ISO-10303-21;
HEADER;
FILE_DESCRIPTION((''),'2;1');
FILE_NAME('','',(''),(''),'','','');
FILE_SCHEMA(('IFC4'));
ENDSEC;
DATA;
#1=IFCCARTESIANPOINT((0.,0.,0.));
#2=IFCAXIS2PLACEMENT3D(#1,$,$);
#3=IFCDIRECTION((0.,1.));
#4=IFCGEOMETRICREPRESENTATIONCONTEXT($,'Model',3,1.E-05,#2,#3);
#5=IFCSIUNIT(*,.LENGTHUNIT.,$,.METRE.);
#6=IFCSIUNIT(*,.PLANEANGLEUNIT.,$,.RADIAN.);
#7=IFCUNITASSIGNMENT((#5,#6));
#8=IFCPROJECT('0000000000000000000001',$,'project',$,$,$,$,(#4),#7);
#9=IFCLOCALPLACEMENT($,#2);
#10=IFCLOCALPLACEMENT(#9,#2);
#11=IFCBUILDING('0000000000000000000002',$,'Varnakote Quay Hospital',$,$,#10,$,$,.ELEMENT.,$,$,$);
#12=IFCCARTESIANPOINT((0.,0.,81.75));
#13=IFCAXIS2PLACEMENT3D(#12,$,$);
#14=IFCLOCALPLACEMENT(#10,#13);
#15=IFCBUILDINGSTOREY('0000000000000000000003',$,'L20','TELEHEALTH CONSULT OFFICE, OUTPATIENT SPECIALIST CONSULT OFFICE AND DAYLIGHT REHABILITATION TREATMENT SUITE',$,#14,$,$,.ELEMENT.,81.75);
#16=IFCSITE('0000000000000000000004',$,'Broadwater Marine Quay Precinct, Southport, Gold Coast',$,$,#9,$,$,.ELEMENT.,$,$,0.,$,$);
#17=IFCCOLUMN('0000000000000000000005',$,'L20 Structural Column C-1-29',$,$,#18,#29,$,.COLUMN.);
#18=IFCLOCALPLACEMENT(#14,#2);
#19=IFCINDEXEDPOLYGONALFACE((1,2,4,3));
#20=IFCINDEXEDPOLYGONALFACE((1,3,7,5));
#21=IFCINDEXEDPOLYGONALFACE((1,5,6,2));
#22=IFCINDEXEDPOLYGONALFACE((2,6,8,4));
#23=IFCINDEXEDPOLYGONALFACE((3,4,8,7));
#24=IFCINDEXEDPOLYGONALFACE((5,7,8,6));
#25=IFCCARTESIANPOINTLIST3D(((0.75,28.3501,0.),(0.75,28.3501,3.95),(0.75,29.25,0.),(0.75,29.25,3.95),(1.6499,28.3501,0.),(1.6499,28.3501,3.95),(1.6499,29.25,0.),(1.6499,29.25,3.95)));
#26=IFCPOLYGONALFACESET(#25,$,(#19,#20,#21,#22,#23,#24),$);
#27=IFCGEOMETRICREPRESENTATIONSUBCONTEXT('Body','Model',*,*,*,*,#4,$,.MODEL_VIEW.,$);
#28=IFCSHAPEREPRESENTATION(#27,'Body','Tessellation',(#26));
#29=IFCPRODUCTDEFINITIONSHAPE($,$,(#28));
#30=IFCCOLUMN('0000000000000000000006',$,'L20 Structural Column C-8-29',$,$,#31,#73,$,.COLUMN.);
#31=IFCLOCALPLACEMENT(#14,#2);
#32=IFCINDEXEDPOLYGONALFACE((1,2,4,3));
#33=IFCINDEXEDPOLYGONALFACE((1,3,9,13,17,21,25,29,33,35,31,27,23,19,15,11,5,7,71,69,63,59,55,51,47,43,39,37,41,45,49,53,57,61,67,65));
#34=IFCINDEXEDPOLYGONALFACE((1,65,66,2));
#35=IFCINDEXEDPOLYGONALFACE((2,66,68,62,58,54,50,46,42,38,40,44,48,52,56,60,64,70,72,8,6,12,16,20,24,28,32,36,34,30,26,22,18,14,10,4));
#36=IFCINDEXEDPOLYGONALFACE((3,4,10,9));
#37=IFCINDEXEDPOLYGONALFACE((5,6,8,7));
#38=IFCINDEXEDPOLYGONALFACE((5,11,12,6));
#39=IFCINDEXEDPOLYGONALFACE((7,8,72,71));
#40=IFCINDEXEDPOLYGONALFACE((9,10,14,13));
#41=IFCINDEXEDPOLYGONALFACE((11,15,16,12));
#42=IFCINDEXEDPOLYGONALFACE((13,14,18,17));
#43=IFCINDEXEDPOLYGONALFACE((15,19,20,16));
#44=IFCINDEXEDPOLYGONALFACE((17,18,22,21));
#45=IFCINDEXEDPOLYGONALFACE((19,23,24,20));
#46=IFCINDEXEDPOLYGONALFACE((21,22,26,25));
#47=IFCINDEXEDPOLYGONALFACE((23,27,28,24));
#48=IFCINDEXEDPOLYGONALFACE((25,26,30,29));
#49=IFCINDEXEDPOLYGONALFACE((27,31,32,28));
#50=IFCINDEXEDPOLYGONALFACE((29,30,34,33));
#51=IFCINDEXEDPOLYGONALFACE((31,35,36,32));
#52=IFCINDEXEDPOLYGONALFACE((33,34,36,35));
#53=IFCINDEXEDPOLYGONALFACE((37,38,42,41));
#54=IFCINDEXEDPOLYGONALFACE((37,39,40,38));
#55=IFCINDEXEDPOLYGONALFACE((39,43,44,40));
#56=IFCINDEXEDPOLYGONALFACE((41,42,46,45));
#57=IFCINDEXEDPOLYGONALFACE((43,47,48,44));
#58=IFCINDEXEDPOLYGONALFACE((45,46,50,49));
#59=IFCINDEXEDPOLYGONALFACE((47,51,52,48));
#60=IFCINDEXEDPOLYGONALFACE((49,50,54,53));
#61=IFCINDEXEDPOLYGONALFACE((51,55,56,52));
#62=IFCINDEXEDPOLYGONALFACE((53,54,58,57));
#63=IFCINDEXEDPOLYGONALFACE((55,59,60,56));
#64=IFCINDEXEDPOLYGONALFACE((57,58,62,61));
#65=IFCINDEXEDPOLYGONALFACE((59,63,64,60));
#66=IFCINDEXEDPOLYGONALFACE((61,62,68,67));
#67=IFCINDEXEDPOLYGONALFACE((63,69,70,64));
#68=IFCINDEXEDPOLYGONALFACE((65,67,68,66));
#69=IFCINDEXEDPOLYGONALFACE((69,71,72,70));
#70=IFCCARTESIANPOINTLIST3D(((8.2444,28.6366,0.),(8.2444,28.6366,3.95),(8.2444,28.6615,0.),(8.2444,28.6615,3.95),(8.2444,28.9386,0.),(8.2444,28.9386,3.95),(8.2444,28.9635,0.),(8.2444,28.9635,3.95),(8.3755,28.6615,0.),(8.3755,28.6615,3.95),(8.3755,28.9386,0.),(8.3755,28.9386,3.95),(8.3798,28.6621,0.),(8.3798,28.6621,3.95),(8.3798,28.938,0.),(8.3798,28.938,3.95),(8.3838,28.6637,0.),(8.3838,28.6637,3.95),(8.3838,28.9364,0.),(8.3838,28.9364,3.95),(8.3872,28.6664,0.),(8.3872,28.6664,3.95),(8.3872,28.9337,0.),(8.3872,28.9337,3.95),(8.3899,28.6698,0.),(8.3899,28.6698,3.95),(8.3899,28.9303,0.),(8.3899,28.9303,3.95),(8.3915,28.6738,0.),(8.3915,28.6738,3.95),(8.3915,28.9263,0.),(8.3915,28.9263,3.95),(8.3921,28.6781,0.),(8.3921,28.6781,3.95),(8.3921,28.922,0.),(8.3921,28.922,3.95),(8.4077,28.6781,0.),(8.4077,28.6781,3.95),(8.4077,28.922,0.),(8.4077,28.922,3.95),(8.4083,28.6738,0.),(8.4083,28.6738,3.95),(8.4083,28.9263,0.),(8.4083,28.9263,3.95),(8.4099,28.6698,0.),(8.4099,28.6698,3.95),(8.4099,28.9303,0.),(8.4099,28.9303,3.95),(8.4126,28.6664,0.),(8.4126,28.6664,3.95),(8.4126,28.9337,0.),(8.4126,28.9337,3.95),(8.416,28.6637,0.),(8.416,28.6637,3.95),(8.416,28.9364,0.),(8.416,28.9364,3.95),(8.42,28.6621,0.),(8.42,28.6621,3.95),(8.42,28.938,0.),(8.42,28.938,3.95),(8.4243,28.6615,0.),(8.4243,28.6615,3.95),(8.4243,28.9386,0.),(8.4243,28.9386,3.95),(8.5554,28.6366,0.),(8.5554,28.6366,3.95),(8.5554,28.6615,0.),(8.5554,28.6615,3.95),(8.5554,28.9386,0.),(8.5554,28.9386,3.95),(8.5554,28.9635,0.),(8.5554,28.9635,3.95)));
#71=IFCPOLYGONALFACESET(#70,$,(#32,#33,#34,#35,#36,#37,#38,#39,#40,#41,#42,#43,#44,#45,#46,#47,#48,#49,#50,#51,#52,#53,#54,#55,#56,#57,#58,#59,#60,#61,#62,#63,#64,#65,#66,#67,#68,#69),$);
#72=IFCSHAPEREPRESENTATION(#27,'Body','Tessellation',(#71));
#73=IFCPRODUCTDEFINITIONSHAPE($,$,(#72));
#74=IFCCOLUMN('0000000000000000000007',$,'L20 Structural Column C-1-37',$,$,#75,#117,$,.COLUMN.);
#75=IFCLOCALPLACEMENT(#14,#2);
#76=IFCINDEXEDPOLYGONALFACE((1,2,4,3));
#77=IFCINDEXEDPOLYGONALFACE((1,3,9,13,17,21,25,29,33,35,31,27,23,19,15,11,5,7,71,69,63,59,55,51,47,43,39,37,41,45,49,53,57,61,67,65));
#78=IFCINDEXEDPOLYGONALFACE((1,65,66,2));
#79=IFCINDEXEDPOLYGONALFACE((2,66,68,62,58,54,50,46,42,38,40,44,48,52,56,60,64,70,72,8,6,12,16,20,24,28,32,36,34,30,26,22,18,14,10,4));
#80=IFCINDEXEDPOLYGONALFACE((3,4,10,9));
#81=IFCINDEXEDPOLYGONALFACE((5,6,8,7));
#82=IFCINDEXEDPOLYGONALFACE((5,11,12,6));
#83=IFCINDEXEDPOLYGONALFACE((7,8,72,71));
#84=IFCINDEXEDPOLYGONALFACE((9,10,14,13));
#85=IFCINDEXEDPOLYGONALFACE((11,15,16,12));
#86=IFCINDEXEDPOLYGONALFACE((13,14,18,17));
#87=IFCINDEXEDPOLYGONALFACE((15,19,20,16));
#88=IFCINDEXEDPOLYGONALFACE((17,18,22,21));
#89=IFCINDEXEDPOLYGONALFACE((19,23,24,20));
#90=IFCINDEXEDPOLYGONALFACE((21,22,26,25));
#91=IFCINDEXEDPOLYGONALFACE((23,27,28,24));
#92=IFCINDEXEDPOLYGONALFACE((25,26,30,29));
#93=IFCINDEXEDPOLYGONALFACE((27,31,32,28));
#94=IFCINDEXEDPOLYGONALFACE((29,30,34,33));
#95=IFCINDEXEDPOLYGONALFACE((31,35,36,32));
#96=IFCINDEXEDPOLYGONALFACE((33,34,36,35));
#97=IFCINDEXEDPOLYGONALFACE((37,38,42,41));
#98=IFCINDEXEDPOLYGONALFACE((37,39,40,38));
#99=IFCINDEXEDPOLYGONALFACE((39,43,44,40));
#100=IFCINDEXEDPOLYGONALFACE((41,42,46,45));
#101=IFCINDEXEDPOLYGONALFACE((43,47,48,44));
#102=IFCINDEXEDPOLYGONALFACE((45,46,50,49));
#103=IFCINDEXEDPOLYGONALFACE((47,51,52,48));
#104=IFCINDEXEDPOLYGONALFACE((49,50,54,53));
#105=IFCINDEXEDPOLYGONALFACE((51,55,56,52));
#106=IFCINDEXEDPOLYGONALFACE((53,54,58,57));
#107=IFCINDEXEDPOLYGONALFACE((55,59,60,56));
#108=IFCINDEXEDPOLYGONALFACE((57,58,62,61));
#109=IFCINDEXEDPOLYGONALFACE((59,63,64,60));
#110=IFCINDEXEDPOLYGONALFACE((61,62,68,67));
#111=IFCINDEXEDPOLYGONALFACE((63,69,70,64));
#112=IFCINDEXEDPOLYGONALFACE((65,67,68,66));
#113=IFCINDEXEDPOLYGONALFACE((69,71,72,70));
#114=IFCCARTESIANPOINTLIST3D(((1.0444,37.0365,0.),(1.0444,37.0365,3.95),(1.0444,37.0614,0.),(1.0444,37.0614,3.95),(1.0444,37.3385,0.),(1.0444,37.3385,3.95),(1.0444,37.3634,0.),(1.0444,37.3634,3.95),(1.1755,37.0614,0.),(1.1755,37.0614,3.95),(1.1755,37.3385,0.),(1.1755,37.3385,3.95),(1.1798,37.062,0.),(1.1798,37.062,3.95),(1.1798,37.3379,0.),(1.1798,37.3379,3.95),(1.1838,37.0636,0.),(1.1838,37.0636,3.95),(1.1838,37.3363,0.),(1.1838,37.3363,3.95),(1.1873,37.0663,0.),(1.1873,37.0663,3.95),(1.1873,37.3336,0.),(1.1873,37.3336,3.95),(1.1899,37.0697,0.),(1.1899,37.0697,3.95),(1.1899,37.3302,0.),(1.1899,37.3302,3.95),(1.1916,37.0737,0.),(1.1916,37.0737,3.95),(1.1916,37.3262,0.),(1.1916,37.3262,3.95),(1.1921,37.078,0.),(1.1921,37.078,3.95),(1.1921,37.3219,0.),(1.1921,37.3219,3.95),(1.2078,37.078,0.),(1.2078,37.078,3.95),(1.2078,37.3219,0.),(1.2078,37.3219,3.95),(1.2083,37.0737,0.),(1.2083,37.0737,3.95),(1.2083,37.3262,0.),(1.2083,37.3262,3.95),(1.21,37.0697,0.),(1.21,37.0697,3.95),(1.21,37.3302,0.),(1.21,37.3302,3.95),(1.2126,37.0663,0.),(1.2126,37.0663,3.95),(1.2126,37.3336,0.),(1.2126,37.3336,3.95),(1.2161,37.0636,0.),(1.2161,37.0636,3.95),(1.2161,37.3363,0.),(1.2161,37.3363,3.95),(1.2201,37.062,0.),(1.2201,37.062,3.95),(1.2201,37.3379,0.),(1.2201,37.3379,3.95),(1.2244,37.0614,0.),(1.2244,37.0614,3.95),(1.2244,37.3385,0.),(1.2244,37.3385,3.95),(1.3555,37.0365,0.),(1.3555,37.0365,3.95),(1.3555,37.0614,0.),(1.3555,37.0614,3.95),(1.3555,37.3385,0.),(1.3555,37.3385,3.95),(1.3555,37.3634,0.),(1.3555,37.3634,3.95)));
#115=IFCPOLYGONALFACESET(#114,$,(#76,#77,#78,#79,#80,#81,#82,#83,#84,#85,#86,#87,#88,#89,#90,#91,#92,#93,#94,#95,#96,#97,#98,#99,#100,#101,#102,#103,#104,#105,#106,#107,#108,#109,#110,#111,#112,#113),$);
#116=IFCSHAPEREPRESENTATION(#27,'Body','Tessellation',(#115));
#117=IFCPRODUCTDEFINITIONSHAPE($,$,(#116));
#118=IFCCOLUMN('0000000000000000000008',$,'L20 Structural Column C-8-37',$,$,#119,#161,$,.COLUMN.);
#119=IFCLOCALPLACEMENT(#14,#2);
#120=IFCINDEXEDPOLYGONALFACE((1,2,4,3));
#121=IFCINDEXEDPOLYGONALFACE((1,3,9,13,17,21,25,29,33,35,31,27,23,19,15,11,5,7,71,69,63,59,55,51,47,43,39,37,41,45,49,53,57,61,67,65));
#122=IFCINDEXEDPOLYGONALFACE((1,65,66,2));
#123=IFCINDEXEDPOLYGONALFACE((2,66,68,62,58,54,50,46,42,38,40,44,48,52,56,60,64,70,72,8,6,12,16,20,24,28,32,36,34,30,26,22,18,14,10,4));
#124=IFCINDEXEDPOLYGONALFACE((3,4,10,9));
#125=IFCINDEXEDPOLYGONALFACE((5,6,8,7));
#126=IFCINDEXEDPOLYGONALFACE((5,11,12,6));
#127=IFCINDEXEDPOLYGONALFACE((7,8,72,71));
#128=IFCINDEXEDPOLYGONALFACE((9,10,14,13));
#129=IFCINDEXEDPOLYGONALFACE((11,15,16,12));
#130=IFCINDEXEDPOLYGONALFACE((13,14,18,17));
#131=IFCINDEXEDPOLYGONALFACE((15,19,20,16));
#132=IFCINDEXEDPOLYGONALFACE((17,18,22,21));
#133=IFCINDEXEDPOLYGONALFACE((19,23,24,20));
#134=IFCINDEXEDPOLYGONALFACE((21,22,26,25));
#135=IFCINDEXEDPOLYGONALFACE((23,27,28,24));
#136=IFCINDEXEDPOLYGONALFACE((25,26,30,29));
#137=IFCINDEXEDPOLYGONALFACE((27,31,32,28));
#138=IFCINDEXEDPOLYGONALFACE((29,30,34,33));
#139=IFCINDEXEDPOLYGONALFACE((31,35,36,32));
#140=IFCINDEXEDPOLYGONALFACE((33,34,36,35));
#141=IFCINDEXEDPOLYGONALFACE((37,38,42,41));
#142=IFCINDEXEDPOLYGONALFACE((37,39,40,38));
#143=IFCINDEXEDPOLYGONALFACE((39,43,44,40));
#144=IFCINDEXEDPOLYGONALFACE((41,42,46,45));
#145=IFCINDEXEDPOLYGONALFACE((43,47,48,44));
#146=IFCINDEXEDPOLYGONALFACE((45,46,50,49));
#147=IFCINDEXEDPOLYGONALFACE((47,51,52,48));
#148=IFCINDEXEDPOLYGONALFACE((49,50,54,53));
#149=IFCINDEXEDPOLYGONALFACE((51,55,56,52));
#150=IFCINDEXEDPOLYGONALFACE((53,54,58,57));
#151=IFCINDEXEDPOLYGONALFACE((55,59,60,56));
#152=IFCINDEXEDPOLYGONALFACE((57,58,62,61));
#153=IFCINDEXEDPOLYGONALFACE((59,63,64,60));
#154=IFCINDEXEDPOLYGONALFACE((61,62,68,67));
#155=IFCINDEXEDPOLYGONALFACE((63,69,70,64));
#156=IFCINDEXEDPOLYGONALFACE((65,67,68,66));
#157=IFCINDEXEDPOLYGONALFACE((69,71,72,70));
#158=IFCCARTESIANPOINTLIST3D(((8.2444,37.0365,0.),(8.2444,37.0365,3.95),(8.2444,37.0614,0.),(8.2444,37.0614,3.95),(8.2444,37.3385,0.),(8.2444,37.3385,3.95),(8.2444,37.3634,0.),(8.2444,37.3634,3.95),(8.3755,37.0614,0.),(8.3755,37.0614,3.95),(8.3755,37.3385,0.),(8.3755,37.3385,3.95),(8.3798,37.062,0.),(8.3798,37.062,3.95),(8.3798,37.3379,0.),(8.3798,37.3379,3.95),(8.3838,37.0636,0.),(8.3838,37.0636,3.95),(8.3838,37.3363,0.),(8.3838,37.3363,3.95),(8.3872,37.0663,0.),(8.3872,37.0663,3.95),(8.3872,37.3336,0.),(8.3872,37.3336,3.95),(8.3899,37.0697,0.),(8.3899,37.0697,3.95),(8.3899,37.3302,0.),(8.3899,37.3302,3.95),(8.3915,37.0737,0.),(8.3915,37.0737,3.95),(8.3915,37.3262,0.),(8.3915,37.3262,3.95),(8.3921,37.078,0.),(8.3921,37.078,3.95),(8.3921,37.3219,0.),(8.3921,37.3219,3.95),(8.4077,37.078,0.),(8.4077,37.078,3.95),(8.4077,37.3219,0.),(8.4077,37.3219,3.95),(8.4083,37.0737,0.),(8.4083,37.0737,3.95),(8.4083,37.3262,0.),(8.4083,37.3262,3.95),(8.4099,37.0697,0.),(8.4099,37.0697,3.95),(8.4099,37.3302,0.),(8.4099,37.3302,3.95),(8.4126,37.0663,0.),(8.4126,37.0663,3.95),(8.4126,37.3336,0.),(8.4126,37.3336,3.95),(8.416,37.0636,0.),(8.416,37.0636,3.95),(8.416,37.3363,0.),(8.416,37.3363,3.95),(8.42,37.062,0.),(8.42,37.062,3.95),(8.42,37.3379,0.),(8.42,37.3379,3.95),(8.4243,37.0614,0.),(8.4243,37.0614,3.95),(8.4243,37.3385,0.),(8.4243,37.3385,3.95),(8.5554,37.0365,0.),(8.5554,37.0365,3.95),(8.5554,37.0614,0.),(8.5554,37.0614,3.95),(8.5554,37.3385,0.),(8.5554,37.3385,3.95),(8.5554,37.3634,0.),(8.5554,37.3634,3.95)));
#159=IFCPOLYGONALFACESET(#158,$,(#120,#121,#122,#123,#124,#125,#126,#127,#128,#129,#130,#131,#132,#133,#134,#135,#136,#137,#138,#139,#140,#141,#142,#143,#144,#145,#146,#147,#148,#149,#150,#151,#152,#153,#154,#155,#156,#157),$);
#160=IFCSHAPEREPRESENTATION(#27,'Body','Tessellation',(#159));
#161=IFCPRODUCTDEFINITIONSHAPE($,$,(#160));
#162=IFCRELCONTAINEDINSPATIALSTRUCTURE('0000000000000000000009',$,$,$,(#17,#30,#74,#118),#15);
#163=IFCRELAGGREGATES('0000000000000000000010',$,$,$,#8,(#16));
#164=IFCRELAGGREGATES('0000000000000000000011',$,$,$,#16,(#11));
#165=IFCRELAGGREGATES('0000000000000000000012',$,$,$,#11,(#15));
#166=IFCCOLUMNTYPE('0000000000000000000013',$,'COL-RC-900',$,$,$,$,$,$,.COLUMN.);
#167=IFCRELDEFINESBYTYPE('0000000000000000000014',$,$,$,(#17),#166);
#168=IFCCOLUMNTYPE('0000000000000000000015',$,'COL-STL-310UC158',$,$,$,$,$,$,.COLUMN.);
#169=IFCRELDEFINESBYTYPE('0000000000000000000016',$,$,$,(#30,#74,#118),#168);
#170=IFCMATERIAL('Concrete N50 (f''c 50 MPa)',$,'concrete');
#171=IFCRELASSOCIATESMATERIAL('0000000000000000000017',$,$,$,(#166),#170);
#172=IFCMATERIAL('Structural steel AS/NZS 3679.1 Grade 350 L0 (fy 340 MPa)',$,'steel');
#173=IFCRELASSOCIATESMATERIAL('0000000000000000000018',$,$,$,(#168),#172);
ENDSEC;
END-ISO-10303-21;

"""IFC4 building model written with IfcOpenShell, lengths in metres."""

from ifc_helpers import new_model, si_unit, direction, frame, origin, origin_2d, place, context, subcontext, project, spatial, rectangle, i_section, extrude, material, material_profile, profile_set, type_object, element, save


model = new_model("IFC4")

# Units and contexts
model_context = context("Model", 3, precision=1e-05, world=origin(), true_north=direction((0.0, 1.0)))
body_context = subcontext(model_context, "Body", "Model", "MODEL_VIEW")
ifc_project = project(units=[si_unit("LENGTHUNIT", "METRE"), si_unit("PLANEANGLEUNIT", "RADIAN")], contexts=[model_context])

# Site, building, storey
site_placement = place(None, origin())
site = spatial("IfcSite", under=ifc_project, at=site_placement, Name="Broadwater Marine Quay Precinct, Southport, Gold Coast", CompositionType="ELEMENT", RefElevation=0.0)
building_placement = place(site_placement, origin())
building = spatial("IfcBuilding", under=site, at=building_placement, Name="Varnakote Quay Hospital", CompositionType="ELEMENT")
storey_placement = place(building_placement, frame((0.0, 0.0, 81.75)))
storey = spatial("IfcBuildingStorey", under=building, at=storey_placement, Name="L20", Description="TELEHEALTH CONSULT OFFICE, OUTPATIENT SPECIALIST CONSULT OFFICE AND DAYLIGHT REHABILITATION TREATMENT SUITE", CompositionType="ELEMENT", Elevation=81.75)

# Columns
ifc_material_1 = material(Name="Concrete N50 (f'c 50 MPa)", Category="concrete")
ifc_material_profile_1 = material_profile(ifc_material_1, rectangle(XDim=0.8999, YDim=0.8999, at=origin_2d()), Name="RC-COL-900x900")
ifc_profile_set_1 = profile_set([ifc_material_profile_1], Name="Concrete N50 (f'c 50 MPa)")
column_type_1 = type_object("IfcColumnType", Name="COL-RC-900", PredefinedType="COLUMN", material=ifc_profile_set_1)
column_placement = place(storey_placement, frame((1.2, 28.8, 0.0), z_axis=(0.0, 0.0, 1.0), x_axis=(1.0, 0.0, 0.0)))
element("IfcColumn", 1, at=column_placement, inside=storey, type_object=column_type_1, Name="L20 Structural Column C-1-29", PredefinedType="COLUMN", context=body_context, shape_type="SweptSolid", body=[
    extrude(rectangle(XDim=0.8999, YDim=0.8999, at=origin_2d()), origin(), (0.0, 0.0, 1.0), 3.95),
])
ifc_material_2 = material(Name="Structural steel AS/NZS 3679.1 Grade 350 L0 (fy 340 MPa)", Category="steel")
ifc_material_profile_2 = material_profile(ifc_material_2, i_section(OverallWidth=0.311, OverallDepth=0.3269, WebThickness=0.0156, FlangeThickness=0.0249, FilletRadius=0.0166, at=origin_2d()), Name="310UC158")
ifc_profile_set_2 = profile_set([ifc_material_profile_2], Name="Structural steel AS/NZS 3679.1 Grade 350 L0 (fy 340 MPa)")
column_type_2 = type_object("IfcColumnType", Name="COL-STL-310UC158", PredefinedType="COLUMN", material=ifc_profile_set_2)
for number, where, z_axis, x_axis, name in (
    (2, (8.3999, 28.8, 0.0), (0.0, 0.0, 1.0), (1.0, 0.0, 0.0), "L20 Structural Column C-8-29"),
    (3, (1.2, 37.2, 0.0), (0.0, 0.0, 1.0), (1.0, 0.0, 0.0), "L20 Structural Column C-1-37"),
    (4, (8.3999, 37.2, 0.0), (0.0, 0.0, 1.0), (1.0, 0.0, 0.0), "L20 Structural Column C-8-37"),
):
    element("IfcColumn", number, at=place(storey_placement, frame(where, z_axis=z_axis, x_axis=x_axis)), inside=storey, type_object=column_type_2, Name=name, PredefinedType="COLUMN", context=body_context, shape_type="SweptSolid", body=[
        extrude(i_section(OverallWidth=0.311, OverallDepth=0.3269, WebThickness=0.0156, FlangeThickness=0.0249, FilletRadius=0.0166, at=origin_2d()), origin(), (0.0, 0.0, 1.0), 3.95),
    ])

save(model, "model.ifc")
